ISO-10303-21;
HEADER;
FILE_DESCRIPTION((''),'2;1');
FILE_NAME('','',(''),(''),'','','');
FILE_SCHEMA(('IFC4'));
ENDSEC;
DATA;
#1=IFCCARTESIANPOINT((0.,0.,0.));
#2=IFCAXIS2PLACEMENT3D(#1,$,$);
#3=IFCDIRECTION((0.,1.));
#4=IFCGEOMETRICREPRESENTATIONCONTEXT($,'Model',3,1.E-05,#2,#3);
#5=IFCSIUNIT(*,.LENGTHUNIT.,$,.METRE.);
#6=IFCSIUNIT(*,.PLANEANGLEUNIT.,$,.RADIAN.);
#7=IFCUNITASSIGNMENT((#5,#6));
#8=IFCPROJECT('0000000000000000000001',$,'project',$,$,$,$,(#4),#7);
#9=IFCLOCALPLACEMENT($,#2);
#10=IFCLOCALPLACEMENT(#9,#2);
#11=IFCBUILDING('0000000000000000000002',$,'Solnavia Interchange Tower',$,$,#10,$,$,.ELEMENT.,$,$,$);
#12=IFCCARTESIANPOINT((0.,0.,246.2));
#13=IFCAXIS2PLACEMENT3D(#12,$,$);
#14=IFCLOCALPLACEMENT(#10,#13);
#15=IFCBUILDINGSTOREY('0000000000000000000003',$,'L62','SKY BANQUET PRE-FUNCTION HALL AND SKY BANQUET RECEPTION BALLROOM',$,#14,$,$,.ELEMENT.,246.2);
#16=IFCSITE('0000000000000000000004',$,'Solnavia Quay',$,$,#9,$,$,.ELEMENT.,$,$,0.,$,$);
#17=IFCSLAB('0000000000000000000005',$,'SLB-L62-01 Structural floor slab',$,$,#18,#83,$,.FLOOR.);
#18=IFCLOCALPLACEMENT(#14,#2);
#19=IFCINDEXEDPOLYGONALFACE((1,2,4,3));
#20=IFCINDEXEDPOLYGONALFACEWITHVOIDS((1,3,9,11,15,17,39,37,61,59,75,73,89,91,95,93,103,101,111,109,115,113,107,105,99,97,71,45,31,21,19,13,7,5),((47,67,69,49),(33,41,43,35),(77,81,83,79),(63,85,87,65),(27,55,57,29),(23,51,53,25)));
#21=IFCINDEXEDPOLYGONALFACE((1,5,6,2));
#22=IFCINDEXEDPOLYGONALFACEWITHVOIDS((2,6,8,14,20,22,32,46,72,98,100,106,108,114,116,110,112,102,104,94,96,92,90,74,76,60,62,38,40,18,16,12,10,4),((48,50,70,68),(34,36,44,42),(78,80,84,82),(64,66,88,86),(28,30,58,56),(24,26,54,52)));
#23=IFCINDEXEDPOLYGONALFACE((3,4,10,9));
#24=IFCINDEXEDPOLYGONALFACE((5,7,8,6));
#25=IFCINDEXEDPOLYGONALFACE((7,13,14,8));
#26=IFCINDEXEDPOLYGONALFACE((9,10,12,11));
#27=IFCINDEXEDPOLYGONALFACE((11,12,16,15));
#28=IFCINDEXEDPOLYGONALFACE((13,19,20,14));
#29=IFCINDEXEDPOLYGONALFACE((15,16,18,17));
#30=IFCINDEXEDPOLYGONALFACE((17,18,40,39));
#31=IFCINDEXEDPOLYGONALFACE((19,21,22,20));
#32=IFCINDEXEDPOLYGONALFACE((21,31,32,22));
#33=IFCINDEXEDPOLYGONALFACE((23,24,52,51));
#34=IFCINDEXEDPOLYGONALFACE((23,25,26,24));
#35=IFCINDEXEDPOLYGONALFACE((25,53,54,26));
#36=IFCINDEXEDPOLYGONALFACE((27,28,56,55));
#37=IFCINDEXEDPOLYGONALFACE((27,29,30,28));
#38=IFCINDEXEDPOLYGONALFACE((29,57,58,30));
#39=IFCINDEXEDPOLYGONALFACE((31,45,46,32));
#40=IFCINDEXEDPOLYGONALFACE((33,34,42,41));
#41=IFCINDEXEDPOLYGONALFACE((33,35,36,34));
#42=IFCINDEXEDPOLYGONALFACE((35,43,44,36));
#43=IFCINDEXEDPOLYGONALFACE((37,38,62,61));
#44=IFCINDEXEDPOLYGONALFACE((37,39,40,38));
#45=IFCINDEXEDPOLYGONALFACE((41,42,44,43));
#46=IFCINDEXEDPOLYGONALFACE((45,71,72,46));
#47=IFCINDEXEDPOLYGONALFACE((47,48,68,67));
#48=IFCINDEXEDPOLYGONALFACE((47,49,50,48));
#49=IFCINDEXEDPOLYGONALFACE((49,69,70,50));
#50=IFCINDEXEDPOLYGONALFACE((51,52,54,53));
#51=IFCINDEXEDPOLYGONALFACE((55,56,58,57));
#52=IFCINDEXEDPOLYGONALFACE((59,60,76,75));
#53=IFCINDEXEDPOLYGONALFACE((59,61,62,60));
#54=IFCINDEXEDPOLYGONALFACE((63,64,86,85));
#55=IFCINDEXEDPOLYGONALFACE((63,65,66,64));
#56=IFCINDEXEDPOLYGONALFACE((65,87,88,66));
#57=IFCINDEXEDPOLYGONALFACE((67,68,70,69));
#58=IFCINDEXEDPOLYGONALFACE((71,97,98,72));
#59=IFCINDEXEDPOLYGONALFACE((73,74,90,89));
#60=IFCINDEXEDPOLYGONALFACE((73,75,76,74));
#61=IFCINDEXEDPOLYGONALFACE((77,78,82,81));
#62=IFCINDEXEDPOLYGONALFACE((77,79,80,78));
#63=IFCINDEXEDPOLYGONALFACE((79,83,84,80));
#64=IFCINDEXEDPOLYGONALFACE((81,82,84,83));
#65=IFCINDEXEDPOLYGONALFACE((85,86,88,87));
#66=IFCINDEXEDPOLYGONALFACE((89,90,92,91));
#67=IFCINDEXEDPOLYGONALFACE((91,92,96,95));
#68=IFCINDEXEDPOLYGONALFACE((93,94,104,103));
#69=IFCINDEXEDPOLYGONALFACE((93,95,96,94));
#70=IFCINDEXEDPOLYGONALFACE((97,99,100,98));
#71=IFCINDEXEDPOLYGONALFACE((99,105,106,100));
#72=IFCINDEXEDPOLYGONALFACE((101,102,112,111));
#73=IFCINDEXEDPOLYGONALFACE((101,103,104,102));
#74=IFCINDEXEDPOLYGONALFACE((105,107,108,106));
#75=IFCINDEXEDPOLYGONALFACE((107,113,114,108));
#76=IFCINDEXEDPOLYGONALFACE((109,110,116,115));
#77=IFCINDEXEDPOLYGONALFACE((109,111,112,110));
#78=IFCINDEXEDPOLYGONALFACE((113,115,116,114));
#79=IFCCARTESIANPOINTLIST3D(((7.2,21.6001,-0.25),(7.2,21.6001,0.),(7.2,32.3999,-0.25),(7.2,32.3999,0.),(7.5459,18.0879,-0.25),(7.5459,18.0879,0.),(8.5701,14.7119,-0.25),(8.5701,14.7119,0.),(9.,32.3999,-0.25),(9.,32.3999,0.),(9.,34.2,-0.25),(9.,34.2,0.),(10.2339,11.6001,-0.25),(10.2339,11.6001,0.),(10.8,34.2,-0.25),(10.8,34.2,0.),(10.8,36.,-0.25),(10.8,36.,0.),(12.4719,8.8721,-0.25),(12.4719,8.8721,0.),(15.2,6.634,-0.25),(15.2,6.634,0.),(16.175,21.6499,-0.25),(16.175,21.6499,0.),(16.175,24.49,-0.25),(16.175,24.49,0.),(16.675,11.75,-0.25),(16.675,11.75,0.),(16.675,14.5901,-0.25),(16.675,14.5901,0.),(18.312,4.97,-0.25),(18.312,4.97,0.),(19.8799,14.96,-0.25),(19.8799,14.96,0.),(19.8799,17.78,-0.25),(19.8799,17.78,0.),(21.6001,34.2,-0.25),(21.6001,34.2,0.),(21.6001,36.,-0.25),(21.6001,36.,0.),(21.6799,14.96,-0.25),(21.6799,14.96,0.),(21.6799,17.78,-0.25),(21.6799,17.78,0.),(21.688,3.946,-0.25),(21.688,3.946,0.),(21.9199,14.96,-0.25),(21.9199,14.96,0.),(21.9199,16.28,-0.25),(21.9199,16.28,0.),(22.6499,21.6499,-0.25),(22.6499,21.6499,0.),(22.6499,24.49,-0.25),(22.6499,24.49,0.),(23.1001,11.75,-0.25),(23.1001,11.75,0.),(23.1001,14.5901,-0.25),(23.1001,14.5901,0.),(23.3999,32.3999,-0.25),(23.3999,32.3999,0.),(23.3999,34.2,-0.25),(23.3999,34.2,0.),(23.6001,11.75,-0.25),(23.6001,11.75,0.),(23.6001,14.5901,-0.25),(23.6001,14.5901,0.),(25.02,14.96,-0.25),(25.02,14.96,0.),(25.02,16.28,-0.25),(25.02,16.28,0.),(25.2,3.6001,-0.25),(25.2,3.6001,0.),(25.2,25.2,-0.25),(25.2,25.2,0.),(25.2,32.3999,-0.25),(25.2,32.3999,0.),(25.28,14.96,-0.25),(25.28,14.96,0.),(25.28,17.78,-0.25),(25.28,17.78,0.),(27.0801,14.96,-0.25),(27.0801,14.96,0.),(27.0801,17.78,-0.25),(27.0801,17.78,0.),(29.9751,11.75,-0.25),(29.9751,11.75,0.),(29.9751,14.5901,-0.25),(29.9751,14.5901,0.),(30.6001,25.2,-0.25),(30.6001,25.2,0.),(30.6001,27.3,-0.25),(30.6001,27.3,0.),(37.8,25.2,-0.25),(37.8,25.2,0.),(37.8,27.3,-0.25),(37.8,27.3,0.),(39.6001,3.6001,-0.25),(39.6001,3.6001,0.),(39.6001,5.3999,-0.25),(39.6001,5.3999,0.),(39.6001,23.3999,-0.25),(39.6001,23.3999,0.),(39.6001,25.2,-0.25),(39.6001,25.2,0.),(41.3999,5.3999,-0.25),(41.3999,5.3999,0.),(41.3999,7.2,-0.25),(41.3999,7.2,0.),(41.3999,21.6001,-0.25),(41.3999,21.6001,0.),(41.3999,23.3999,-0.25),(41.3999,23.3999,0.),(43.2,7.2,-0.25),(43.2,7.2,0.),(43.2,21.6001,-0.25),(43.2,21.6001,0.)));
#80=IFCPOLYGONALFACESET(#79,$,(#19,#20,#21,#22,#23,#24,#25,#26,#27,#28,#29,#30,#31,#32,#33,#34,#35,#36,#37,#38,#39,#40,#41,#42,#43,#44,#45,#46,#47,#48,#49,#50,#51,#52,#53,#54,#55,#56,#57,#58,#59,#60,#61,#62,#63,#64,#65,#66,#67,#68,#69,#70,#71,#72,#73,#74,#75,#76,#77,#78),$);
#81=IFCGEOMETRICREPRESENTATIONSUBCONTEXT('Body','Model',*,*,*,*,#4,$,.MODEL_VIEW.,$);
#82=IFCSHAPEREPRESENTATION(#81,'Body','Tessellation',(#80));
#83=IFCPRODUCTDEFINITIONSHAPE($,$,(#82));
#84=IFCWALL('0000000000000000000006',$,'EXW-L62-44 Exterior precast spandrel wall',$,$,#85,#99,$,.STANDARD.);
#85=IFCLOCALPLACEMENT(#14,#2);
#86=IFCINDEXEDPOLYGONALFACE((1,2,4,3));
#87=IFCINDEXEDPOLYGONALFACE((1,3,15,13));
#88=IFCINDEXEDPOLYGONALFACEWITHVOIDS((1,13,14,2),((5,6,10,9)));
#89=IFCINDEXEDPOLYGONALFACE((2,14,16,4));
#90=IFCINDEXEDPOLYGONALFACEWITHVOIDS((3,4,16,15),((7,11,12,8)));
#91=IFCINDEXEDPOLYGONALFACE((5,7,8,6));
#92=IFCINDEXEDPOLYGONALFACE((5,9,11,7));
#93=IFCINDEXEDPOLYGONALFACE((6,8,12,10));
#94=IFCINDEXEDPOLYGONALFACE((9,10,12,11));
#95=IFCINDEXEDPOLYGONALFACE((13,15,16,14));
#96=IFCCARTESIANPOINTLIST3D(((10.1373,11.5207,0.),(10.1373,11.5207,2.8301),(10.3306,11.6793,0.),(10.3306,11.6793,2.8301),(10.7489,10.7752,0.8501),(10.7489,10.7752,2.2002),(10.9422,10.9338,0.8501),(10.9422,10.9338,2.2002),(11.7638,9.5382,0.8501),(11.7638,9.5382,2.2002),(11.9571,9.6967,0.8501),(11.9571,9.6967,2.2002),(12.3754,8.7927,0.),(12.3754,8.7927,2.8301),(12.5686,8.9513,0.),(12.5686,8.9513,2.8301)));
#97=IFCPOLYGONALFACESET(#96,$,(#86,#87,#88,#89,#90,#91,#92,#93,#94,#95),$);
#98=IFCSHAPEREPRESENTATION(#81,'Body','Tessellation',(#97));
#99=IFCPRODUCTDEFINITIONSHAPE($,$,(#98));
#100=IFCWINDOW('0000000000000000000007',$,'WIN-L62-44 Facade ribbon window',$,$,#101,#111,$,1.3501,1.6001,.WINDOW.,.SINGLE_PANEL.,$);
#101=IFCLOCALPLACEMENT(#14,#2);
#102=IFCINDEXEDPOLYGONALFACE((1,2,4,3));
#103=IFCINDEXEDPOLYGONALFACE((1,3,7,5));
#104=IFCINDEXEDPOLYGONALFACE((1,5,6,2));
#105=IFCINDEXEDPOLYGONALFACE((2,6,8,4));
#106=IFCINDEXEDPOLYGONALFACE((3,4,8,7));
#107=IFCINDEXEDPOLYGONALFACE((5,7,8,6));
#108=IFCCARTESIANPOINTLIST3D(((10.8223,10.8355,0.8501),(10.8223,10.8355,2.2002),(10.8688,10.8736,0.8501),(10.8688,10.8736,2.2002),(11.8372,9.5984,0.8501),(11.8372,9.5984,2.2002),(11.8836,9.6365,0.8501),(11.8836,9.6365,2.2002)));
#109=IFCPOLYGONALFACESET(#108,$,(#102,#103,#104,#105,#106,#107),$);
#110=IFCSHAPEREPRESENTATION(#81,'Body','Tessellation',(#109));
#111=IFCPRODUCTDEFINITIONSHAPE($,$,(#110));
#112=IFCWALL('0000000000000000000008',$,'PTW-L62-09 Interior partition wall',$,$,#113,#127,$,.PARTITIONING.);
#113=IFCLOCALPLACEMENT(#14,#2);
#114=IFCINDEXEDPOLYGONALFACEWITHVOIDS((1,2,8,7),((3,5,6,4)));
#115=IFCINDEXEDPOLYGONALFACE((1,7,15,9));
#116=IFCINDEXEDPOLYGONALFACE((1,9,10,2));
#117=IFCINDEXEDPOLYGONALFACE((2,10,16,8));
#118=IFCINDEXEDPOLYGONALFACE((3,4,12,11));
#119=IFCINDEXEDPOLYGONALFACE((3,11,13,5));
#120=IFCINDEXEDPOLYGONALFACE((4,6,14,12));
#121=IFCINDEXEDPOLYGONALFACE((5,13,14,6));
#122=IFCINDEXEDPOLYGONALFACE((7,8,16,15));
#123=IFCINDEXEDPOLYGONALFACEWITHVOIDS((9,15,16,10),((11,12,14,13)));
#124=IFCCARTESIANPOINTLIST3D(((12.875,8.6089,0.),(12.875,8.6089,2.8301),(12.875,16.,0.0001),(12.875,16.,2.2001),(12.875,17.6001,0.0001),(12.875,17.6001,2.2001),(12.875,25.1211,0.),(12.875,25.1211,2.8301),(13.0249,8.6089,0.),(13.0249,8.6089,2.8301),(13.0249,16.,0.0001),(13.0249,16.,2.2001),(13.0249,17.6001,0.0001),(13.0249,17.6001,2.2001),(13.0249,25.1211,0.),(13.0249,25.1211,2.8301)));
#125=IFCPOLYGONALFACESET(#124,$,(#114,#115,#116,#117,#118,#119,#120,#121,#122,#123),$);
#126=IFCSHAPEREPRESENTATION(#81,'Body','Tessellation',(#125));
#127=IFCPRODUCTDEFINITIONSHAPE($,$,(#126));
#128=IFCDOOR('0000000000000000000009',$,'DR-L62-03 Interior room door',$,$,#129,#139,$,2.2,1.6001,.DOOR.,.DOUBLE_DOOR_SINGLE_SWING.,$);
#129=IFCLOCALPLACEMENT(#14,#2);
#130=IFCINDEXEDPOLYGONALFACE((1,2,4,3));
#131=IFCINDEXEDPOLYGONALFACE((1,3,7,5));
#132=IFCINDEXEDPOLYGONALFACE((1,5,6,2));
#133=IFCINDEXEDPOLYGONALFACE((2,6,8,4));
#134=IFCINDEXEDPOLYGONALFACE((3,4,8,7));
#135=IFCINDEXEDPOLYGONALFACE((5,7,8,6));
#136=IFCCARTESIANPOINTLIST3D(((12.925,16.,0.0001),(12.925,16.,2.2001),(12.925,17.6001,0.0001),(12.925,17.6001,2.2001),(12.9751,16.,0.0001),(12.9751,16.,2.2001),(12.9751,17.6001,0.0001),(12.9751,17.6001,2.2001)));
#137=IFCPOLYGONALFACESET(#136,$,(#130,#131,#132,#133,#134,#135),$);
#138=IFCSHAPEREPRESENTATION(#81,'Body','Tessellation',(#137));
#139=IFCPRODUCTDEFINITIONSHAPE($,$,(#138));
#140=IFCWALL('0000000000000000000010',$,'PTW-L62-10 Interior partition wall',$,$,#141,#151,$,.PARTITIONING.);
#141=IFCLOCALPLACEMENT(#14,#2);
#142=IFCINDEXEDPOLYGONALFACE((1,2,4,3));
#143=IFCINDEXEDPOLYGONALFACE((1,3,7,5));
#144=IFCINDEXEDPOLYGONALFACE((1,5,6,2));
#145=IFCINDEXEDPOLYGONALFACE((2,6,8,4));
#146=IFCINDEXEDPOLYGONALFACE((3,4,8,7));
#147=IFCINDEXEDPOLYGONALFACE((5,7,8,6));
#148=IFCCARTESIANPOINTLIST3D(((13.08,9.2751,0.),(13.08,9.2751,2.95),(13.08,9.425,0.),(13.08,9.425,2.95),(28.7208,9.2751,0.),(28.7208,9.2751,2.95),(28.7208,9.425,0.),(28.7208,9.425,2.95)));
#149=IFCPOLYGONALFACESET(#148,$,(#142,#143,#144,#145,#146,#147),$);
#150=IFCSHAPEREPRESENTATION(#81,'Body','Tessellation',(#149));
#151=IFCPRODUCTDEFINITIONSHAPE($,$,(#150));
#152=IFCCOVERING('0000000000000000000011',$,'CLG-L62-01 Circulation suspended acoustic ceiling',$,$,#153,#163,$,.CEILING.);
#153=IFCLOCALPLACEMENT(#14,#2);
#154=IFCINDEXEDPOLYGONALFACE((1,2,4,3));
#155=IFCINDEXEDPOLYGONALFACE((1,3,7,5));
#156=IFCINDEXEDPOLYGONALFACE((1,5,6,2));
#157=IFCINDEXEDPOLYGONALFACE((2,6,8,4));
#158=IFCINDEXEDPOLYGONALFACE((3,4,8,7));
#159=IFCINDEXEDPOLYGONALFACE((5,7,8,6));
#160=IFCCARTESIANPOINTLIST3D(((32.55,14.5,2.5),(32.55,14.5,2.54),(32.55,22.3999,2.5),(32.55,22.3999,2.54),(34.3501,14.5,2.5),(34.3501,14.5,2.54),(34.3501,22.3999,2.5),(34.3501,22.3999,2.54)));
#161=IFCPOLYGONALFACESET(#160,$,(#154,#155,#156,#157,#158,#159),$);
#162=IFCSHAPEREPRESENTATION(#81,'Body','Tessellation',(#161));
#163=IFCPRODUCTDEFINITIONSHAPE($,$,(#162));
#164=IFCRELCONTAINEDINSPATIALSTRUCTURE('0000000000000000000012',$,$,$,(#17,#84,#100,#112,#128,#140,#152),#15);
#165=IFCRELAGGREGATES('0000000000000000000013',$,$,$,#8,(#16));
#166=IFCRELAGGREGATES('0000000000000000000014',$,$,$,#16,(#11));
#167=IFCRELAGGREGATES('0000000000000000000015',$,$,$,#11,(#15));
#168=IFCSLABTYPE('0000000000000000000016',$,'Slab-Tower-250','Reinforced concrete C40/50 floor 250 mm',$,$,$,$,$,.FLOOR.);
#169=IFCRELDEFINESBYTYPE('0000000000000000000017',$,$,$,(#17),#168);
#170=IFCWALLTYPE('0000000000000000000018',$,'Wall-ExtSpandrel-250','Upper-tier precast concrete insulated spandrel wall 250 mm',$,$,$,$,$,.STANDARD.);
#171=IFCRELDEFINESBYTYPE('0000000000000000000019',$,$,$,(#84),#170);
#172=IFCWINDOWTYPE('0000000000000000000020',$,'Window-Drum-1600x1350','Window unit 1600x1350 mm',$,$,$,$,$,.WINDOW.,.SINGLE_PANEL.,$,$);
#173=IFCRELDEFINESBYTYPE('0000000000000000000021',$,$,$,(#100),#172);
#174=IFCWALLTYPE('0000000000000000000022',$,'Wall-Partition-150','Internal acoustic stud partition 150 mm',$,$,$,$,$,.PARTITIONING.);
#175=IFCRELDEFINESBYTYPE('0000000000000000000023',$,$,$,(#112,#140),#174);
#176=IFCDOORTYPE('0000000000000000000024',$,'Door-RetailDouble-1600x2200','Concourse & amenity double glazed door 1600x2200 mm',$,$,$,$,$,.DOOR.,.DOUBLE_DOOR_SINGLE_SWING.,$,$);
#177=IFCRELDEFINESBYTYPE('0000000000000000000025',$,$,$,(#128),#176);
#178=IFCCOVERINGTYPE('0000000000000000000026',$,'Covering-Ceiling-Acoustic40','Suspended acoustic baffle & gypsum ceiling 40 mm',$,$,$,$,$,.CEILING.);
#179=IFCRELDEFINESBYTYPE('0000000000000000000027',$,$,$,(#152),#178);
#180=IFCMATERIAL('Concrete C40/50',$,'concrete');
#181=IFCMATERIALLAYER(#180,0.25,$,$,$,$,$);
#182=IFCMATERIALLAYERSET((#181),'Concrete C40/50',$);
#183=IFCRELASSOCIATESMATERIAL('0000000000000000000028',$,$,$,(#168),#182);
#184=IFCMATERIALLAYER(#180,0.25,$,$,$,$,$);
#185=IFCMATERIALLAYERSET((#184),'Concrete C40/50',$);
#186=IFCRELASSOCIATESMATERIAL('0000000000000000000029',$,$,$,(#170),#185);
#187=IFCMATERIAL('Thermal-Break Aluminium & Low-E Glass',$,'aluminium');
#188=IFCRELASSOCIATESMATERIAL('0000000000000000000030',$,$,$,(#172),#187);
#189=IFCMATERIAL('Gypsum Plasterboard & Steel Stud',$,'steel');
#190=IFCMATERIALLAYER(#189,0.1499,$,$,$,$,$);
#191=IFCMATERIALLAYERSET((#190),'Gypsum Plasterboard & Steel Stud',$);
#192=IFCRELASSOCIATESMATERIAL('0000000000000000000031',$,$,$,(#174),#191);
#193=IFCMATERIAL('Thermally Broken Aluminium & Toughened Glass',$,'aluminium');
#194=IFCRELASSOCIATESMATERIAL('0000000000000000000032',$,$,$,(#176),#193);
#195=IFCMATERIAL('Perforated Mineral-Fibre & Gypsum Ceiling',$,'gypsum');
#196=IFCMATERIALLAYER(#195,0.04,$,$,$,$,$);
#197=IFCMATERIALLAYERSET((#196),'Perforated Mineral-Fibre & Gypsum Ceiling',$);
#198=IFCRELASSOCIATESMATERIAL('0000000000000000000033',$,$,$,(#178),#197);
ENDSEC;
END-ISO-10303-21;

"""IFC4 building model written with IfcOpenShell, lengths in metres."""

from ifc_helpers import new_model, si_unit, direction, frame, frame_2d, origin, place, context, subcontext, project, spatial, polyline, rectangle, outline, extrude, material, layer, layer_set, type_object, element, fill, save


model = new_model("IFC4")

# Units and contexts
model_context = context("Model", 3, precision=1e-05, world=origin(), true_north=direction((0.0, 1.0)))
body_context = subcontext(model_context, "Body", "Model", "MODEL_VIEW")
ifc_project = project(units=[si_unit("LENGTHUNIT", "METRE"), si_unit("PLANEANGLEUNIT", "RADIAN")], contexts=[model_context])

# Site, building, storey
site_placement = place(None, origin())
site = spatial("IfcSite", under=ifc_project, at=site_placement, Name="Solnavia Quay", CompositionType="ELEMENT", RefElevation=0.0)
building_placement = place(site_placement, origin())
building = spatial("IfcBuilding", under=site, at=building_placement, Name="Solnavia Interchange Tower", CompositionType="ELEMENT")
storey_placement = place(building_placement, frame((0.0, 0.0, 246.2)))
storey = spatial("IfcBuildingStorey", under=building, at=storey_placement, Name="L62", Description="SKY BANQUET PRE-FUNCTION HALL AND SKY BANQUET RECEPTION BALLROOM", CompositionType="ELEMENT", Elevation=246.2)

# Shared definitions
ifc_material_1 = material(Name="Concrete C40/50", Category="concrete")

# Slab
ifc_layer_1 = layer(ifc_material_1, 0.25)
ifc_layer_set_1 = layer_set([ifc_layer_1], Name="Concrete C40/50")
slab_type_1 = type_object("IfcSlabType", Name="Slab-Tower-250", Description="Reinforced concrete C40/50 floor 250 mm", PredefinedType="FLOOR", material=ifc_layer_set_1)
slab_1_placement = place(storey_placement, frame((0.0, 0.0, -0.25)))
element("IfcSlab", 1, at=slab_1_placement, inside=storey, type_object=slab_type_1, Name="SLB-L62-01 Structural floor slab", PredefinedType="FLOOR", context=body_context, shape_type="SweptSolid", body=[
    extrude(outline(polyline([(25.2, 3.6001), (39.6001, 3.6001), (39.6001, 5.3999), (41.3999, 5.3999), (41.3999, 7.2), (43.2, 7.2), (43.2, 21.6001), (41.3999, 21.6001), (41.3999, 23.3999), (39.6001, 23.3999), (39.6001, 25.2), (37.8, 25.2), (37.8, 27.3), (30.6001, 27.3), (30.6001, 25.2), (25.2, 25.2), (25.2, 32.3999), (23.3999, 32.3999), (23.3999, 34.2), (21.6001, 34.2), (21.6001, 36.0), (10.8, 36.0), (10.8, 34.2), (9.0, 34.2), (9.0, 32.3999), (7.2, 32.3999), (7.2, 21.6001), (7.5459, 18.0879), (8.5701, 14.7119), (10.2339, 11.6001), (12.4719, 8.8721), (15.2, 6.634), (18.312, 4.97), (21.688, 3.946), (25.2, 3.6001)]), holes=[polyline([(16.675, 11.75), (23.1001, 11.75), (23.1001, 14.5901), (16.675, 14.5901), (16.675, 11.75)]), polyline([(23.6001, 11.75), (29.9751, 11.75), (29.9751, 14.5901), (23.6001, 14.5901), (23.6001, 11.75)]), polyline([(16.175, 21.6499), (22.6499, 21.6499), (22.6499, 24.49), (16.175, 24.49), (16.175, 21.6499)]), polyline([(19.8799, 14.96), (21.6799, 14.96), (21.6799, 17.78), (19.8799, 17.78), (19.8799, 14.96)]), polyline([(25.28, 14.96), (27.0801, 14.96), (27.0801, 17.78), (25.28, 17.78), (25.28, 14.96)]), polyline([(21.9199, 14.96), (25.02, 14.96), (25.02, 16.28), (21.9199, 16.28), (21.9199, 14.96)])]), origin(), (0.0, 0.0, 1.0), 0.25),
])

# Wall, opening, window
ifc_layer_2 = layer(ifc_material_1, 0.25)
ifc_layer_set_2 = layer_set([ifc_layer_2], Name="Concrete C40/50")
wall_type_1 = type_object("IfcWallType", Name="Wall-ExtSpandrel-250", Description="Upper-tier precast concrete insulated spandrel wall 250 mm", PredefinedType="STANDARD", material=ifc_layer_set_2)
wall_1_placement = place(storey_placement, frame((12.4719, 8.8721, 0.0), z_axis=(0.0, 0.0, 1.0), x_axis=(-0.634258, 0.773121, 0.0)))
wall_1 = element("IfcWall", 2, at=wall_1_placement, inside=storey, type_object=wall_type_1, Name="EXW-L62-44 Exterior precast spandrel wall", PredefinedType="STANDARD", context=body_context, shape_type="SweptSolid", body=[
    extrude(rectangle(XDim=3.5286, YDim=0.25, at=frame_2d((1.7642, 0.0))), origin(), (0.0, 0.0, 1.0), 2.8301),
])
opening_1_placement = place(wall_1_placement, frame((0.9641, 0.0, 0.8501)))
opening_1 = element("IfcOpeningElement", 3, at=opening_1_placement, cuts=wall_1, PredefinedType="OPENING", context=body_context, shape_type="SweptSolid", body=[
    extrude(rectangle(XDim=1.6001, YDim=1.3501, at=frame_2d((0.8, 0.675))), frame((0.0, 0.135, 0.0), z_axis=(0.0, -1.0, 0.0), x_axis=(1.0, 0.0, 0.0)), (0.0, 0.0, 1.0), 0.27),
])
ifc_material_2 = material(Name="Thermal-Break Aluminium & Low-E Glass", Category="aluminium")
window_type = type_object("IfcWindowType", Name="Window-Drum-1600x1350", Description="Window unit 1600x1350 mm", PartitioningType="SINGLE_PANEL", PredefinedType="WINDOW", material=ifc_material_2)
window_placement = place(opening_1_placement, origin())
window = element("IfcWindow", 4, at=window_placement, inside=storey, type_object=window_type, Name="WIN-L62-44 Facade ribbon window", OverallHeight=1.3501, OverallWidth=1.6001, PartitioningType="SINGLE_PANEL", PredefinedType="WINDOW", context=body_context, shape_type="SweptSolid", body=[
    extrude(rectangle(XDim=1.6001, YDim=1.3501, at=frame_2d((0.8, 0.675))), frame((0.0, 0.03, 0.0), z_axis=(0.0, -1.0, 0.0), x_axis=(1.0, 0.0, 0.0)), (0.0, 0.0, 1.0), 0.0601),
])
fill(opening_1, window)

# Wall, opening, door
ifc_material_3 = material(Name="Gypsum Plasterboard & Steel Stud", Category="steel")
ifc_layer_3 = layer(ifc_material_3, 0.1499)
ifc_layer_set_3 = layer_set([ifc_layer_3], Name="Gypsum Plasterboard & Steel Stud")
wall_type_2 = type_object("IfcWallType", Name="Wall-Partition-150", Description="Internal acoustic stud partition 150 mm", PredefinedType="PARTITIONING", material=ifc_layer_set_3)
wall_2_placement = place(storey_placement, frame((12.95, 8.6089, 0.0), z_axis=(0.0, 0.0, 1.0), x_axis=(0.0, 1.0, 0.0)))
wall_2 = element("IfcWall", 5, at=wall_2_placement, inside=storey, type_object=wall_type_2, Name="PTW-L62-09 Interior partition wall", PredefinedType="PARTITIONING", context=body_context, shape_type="SweptSolid", body=[
    extrude(rectangle(XDim=16.5122, YDim=0.1499, at=frame_2d((8.2561, 0.0))), origin(), (0.0, 0.0, 1.0), 2.8301),
])
opening_2_placement = place(wall_2_placement, frame((7.3911, 0.0, 0.0)))
opening_2 = element("IfcOpeningElement", 6, at=opening_2_placement, cuts=wall_2, PredefinedType="OPENING", context=body_context, shape_type="SweptSolid", body=[
    extrude(rectangle(XDim=1.6001, YDim=2.2, at=frame_2d((0.8, 1.1001))), frame((0.0, 0.085, 0.0), z_axis=(0.0, -1.0, 0.0), x_axis=(1.0, 0.0, 0.0)), (0.0, 0.0, 1.0), 0.1699),
])
ifc_material_4 = material(Name="Thermally Broken Aluminium & Toughened Glass", Category="aluminium")
door_type = type_object("IfcDoorType", Name="Door-RetailDouble-1600x2200", Description="Concourse & amenity double glazed door 1600x2200 mm", OperationType="DOUBLE_DOOR_SINGLE_SWING", PredefinedType="DOOR", material=ifc_material_4)
door_placement = place(opening_2_placement, origin())
door = element("IfcDoor", 7, at=door_placement, inside=storey, type_object=door_type, Name="DR-L62-03 Interior room door", OperationType="DOUBLE_DOOR_SINGLE_SWING", OverallHeight=2.2, OverallWidth=1.6001, PredefinedType="DOOR", context=body_context, shape_type="SweptSolid", body=[
    extrude(rectangle(XDim=1.6001, YDim=2.2, at=frame_2d((0.8, 1.1001))), frame((0.0, 0.0249, 0.0), z_axis=(0.0, -1.0, 0.0), x_axis=(1.0, 0.0, 0.0)), (0.0, 0.0, 1.0), 0.05),
])
fill(opening_2, door)

# Wall
wall_3_placement = place(storey_placement, frame((13.0801, 9.3501, 0.0), z_axis=(0.0, 0.0, 1.0), x_axis=(1.0, 0.0, 0.0)))
element("IfcWall", 8, at=wall_3_placement, inside=storey, type_object=wall_type_2, Name="PTW-L62-10 Interior partition wall", PredefinedType="PARTITIONING", context=body_context, shape_type="SweptSolid", body=[
    extrude(rectangle(XDim=15.6409, YDim=0.1499, at=frame_2d((7.8203, 0.0))), origin(), (0.0, 0.0, 1.0), 2.95),
])

# Covering
ifc_material_5 = material(Name="Perforated Mineral-Fibre & Gypsum Ceiling", Category="gypsum")
ifc_layer_4 = layer(ifc_material_5, 0.04)
ifc_layer_set_4 = layer_set([ifc_layer_4], Name="Perforated Mineral-Fibre & Gypsum Ceiling")
covering_type_1 = type_object("IfcCoveringType", Name="Covering-Ceiling-Acoustic40", Description="Suspended acoustic baffle & gypsum ceiling 40 mm", PredefinedType="CEILING", material=ifc_layer_set_4)
covering_1_placement = place(storey_placement, frame((0.0, 0.0, 2.5)))
element("IfcCovering", 9, at=covering_1_placement, inside=storey, type_object=covering_type_1, Name="CLG-L62-01 Circulation suspended acoustic ceiling", PredefinedType="CEILING", context=body_context, shape_type="SweptSolid", body=[
    extrude(outline(polyline([(32.55, 14.5), (34.3501, 14.5), (34.3501, 22.3999), (32.55, 22.3999), (32.55, 14.5)])), origin(), (0.0, 0.0, 1.0), 0.04),
])

save(model, "model.ifc")
